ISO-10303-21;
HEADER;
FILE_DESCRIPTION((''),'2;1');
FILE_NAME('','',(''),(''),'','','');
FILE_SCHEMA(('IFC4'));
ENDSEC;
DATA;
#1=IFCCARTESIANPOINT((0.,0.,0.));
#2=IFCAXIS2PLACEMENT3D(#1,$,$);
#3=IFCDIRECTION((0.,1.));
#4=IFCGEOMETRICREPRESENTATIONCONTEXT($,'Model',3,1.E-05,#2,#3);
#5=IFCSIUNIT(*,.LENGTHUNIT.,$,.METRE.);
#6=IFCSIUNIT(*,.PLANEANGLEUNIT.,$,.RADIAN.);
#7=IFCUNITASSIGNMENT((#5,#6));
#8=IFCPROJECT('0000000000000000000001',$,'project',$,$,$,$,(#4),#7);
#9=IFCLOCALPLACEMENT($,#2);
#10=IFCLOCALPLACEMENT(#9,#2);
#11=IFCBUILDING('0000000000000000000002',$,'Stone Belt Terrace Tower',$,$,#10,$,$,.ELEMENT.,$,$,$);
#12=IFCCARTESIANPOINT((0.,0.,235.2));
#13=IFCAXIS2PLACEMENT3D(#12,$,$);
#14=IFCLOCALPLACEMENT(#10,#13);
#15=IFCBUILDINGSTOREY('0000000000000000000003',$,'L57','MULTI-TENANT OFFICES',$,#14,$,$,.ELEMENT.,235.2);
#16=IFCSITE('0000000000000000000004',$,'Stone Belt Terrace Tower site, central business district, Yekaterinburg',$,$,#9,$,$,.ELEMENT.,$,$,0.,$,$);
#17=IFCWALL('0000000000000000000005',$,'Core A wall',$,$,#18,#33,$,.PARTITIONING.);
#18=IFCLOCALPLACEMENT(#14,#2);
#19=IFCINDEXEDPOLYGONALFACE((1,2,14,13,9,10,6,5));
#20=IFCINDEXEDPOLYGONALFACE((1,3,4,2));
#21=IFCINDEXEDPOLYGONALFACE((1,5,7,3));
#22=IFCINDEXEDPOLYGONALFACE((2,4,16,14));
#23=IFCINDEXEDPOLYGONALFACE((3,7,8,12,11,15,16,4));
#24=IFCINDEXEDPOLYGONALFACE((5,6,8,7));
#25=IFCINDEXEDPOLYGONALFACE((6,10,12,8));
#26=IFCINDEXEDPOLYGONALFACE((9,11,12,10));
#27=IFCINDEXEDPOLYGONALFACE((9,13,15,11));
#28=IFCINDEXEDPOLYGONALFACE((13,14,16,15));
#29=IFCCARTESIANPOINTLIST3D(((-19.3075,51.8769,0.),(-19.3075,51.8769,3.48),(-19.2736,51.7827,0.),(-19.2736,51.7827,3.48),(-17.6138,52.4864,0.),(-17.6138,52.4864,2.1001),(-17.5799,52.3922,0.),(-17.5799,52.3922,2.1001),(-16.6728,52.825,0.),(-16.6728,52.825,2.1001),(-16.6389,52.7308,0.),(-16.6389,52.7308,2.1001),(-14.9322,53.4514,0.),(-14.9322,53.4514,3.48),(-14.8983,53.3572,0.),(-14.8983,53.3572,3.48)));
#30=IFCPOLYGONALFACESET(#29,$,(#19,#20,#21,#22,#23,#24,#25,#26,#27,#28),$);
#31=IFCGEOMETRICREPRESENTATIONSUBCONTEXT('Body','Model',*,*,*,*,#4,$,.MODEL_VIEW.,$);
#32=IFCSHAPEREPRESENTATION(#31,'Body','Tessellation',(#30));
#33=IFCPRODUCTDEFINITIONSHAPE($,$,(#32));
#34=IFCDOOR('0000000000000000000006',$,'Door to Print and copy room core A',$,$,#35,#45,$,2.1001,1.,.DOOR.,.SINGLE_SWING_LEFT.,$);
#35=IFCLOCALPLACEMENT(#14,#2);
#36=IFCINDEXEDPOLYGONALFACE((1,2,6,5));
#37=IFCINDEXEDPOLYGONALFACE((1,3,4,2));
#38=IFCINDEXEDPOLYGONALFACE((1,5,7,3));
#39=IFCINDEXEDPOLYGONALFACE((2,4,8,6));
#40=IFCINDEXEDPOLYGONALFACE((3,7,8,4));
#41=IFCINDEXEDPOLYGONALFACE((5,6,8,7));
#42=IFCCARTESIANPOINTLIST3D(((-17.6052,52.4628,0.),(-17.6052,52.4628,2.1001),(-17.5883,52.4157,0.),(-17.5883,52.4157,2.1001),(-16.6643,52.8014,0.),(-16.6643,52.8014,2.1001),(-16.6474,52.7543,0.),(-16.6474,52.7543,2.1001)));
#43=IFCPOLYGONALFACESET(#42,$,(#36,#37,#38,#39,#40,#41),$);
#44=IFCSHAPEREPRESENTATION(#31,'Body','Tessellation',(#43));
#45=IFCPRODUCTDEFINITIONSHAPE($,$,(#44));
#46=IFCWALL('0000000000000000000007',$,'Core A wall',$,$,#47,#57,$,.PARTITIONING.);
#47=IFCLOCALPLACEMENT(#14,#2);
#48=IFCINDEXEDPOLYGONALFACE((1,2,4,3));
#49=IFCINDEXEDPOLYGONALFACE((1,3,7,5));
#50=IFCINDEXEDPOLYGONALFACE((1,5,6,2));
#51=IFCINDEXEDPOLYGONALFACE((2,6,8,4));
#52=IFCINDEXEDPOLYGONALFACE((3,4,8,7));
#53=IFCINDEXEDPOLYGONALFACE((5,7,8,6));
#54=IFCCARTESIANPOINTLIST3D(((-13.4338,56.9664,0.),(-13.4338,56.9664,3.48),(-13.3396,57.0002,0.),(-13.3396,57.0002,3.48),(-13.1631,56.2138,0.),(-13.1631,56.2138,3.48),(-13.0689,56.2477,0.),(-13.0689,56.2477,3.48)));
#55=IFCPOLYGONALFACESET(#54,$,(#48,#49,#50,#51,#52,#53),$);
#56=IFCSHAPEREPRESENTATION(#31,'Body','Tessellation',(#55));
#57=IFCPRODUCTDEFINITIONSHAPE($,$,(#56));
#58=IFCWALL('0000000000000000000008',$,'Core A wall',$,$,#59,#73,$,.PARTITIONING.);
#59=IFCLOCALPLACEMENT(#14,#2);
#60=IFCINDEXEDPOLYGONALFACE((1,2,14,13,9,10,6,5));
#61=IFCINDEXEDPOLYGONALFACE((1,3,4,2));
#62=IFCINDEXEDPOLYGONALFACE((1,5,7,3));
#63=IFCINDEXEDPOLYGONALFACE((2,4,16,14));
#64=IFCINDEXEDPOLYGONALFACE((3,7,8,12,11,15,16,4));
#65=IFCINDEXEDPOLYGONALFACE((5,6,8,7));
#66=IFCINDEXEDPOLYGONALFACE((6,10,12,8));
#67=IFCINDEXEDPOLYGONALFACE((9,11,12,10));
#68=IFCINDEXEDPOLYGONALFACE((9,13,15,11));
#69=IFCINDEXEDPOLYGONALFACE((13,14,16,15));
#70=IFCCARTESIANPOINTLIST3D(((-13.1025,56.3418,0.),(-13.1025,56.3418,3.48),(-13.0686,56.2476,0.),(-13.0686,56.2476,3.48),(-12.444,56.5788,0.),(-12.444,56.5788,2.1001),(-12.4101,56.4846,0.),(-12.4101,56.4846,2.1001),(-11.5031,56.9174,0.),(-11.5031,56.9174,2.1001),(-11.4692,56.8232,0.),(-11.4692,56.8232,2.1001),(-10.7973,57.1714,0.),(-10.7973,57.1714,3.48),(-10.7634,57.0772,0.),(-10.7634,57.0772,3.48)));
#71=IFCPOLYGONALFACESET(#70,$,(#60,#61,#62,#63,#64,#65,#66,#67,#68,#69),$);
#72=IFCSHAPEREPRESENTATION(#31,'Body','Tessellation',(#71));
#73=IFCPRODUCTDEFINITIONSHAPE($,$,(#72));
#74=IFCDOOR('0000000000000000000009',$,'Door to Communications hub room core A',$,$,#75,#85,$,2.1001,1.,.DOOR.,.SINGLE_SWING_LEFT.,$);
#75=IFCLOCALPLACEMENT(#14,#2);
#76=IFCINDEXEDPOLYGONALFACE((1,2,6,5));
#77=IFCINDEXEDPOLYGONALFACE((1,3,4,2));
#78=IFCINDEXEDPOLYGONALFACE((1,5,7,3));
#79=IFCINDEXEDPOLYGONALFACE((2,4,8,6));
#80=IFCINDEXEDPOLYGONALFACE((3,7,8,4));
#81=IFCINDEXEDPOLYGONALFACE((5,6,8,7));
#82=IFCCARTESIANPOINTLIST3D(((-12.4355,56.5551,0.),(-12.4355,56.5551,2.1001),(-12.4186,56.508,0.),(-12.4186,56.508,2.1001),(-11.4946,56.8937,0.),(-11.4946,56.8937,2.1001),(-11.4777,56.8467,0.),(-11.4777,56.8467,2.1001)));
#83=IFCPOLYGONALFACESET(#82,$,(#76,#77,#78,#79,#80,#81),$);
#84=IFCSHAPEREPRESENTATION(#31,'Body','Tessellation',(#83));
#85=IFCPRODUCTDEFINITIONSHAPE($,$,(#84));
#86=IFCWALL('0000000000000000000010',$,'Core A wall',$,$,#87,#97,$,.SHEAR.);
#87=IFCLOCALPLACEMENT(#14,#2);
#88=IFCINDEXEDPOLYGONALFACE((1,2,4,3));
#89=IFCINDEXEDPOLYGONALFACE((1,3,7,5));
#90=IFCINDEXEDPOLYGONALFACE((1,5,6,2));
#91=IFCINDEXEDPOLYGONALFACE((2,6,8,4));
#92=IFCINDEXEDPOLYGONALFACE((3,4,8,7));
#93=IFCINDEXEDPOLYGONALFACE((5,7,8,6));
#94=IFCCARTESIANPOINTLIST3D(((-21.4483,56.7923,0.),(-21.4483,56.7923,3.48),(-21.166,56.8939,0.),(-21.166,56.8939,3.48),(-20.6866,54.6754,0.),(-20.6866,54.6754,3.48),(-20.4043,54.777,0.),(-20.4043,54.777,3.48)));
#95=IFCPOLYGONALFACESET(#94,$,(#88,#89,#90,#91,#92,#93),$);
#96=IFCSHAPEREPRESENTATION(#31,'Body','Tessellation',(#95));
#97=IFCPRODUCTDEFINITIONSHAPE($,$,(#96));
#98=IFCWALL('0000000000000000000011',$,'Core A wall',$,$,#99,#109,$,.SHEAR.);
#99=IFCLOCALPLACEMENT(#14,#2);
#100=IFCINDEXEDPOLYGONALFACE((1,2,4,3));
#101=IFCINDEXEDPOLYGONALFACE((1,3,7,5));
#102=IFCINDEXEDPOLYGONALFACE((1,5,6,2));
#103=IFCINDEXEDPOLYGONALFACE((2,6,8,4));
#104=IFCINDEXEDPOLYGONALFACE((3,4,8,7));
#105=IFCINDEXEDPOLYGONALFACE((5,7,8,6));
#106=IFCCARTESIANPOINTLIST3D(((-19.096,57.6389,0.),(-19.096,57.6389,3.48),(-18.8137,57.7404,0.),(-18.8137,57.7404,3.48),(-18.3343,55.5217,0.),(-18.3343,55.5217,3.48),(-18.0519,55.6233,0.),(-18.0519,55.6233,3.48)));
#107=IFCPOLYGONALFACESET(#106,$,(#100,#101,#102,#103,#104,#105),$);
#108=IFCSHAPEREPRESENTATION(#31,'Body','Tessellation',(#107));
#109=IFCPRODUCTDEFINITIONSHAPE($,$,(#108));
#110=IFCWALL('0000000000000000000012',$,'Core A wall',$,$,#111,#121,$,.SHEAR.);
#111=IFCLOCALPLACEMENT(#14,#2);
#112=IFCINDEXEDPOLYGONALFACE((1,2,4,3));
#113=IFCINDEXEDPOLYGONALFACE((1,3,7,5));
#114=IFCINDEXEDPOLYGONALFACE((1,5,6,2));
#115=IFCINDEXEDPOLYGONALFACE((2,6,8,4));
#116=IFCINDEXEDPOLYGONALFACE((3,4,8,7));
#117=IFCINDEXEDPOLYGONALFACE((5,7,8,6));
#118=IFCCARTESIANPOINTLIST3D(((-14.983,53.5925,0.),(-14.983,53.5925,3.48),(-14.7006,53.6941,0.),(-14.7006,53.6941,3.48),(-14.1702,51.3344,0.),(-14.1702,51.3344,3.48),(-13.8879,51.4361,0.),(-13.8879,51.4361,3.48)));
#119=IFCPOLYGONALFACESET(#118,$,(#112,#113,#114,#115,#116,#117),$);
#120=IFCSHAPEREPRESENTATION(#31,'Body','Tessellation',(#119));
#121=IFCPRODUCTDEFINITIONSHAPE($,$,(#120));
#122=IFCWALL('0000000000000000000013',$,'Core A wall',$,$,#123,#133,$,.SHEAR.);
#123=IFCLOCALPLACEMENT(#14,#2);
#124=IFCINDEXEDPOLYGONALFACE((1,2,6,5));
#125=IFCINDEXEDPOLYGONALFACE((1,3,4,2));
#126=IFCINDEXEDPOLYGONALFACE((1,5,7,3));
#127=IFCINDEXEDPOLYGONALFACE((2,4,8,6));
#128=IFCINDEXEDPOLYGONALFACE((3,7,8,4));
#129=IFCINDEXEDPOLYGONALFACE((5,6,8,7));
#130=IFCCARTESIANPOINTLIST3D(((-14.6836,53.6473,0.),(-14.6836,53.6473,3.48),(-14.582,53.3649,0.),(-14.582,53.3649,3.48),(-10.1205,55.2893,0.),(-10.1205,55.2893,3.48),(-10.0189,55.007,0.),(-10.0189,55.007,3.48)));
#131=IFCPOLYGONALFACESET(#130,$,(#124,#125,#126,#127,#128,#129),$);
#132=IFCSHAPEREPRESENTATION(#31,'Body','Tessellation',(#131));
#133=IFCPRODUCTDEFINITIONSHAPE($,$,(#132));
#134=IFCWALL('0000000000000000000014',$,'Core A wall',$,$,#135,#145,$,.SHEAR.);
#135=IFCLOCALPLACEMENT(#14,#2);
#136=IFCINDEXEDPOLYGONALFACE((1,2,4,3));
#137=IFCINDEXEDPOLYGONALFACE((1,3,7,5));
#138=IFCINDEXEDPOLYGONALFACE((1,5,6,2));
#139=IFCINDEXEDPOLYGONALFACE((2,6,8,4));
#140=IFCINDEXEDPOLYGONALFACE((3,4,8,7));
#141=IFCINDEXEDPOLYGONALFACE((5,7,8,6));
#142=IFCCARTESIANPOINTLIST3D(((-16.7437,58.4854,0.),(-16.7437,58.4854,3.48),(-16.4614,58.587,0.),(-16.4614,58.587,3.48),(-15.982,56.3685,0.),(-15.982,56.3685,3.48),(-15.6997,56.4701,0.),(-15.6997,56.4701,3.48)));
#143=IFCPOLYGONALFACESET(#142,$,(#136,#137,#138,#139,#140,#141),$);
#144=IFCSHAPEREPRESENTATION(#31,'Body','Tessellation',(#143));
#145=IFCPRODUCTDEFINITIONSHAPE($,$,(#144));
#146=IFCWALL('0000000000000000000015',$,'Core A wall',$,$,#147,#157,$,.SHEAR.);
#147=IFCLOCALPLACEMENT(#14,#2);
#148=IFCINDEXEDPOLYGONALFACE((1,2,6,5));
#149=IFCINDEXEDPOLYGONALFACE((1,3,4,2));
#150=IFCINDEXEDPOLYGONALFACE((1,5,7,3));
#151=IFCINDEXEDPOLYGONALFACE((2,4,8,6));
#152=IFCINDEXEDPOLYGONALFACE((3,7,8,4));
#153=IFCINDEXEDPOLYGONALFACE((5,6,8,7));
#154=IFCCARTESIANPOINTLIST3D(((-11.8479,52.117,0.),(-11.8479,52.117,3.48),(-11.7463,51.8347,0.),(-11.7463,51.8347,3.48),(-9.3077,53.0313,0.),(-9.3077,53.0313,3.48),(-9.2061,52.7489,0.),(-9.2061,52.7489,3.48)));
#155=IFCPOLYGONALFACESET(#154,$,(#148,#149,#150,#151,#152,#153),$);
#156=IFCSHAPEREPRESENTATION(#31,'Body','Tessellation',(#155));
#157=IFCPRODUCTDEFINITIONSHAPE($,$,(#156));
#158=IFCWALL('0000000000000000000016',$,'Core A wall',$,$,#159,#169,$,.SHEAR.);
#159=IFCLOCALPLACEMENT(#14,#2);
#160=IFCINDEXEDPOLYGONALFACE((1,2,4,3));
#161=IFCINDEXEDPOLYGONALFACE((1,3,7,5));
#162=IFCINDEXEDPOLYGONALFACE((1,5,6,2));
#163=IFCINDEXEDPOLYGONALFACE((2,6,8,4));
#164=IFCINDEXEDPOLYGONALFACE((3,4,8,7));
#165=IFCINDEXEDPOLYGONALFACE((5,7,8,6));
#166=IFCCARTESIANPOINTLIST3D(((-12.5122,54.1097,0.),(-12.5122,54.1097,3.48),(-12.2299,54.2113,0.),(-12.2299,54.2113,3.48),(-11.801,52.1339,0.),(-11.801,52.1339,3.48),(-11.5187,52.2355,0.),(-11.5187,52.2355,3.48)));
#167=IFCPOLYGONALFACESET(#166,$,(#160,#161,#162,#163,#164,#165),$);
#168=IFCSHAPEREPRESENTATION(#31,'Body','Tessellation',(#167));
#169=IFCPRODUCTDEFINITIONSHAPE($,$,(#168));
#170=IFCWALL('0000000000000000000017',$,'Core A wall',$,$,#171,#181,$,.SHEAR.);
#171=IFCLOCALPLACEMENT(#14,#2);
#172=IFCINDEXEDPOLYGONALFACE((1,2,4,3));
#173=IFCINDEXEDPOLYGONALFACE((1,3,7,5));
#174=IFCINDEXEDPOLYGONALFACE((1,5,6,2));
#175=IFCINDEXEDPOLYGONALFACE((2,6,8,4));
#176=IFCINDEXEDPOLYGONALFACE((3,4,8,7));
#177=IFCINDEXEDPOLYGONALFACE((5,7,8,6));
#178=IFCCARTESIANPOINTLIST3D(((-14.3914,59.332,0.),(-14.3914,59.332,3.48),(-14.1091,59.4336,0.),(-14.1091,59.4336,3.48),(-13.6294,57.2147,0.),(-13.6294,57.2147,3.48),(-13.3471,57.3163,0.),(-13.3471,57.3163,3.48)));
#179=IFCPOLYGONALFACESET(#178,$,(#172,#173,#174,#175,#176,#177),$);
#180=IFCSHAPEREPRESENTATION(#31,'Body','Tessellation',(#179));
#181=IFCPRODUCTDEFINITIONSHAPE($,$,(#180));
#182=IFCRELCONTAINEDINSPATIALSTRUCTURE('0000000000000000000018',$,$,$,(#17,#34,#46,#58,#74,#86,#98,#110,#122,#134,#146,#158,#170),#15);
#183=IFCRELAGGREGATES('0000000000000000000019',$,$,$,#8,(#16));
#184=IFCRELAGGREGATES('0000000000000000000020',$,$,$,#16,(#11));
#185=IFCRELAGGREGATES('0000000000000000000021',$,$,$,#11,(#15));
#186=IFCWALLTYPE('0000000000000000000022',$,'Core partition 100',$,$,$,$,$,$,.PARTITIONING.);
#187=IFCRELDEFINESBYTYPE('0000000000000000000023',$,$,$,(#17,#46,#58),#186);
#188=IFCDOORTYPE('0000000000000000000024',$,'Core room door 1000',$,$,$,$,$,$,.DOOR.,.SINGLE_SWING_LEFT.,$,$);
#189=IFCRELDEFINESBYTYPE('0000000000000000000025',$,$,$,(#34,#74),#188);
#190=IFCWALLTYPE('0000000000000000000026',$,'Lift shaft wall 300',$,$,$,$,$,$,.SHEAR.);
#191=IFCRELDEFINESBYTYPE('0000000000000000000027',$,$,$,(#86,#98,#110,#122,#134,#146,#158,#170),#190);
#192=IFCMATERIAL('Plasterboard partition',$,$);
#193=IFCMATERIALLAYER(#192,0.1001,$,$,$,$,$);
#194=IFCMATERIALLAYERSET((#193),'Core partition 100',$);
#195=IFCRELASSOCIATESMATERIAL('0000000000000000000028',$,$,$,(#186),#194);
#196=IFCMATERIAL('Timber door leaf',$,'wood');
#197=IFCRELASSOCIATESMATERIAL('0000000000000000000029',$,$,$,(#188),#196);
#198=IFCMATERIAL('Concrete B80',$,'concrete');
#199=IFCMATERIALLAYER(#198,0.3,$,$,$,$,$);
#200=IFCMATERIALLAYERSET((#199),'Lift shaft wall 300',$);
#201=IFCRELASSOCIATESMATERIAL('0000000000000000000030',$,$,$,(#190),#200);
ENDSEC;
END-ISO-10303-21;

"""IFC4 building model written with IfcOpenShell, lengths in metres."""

from ifc_helpers import new_model, si_unit, direction, frame, frame_2d, origin, place, context, subcontext, project, spatial, rectangle, extrude, material, layer, layer_set, type_object, element, fill, save


model = new_model("IFC4")

# Units and contexts
model_context = context("Model", 3, precision=1e-05, world=origin(), true_north=direction((0.0, 1.0)))
body_context = subcontext(model_context, "Body", "Model", "MODEL_VIEW")
ifc_project = project(units=[si_unit("LENGTHUNIT", "METRE"), si_unit("PLANEANGLEUNIT", "RADIAN")], contexts=[model_context])

# Site, building, storey
site_placement = place(None, origin())
site = spatial("IfcSite", under=ifc_project, at=site_placement, Name="Stone Belt Terrace Tower site, central business district, Yekaterinburg", CompositionType="ELEMENT", RefElevation=0.0)
building_placement = place(site_placement, origin())
building = spatial("IfcBuilding", under=site, at=building_placement, Name="Stone Belt Terrace Tower", CompositionType="ELEMENT")
storey_placement = place(building_placement, frame((0.0, 0.0, 235.2)))
storey = spatial("IfcBuildingStorey", under=building, at=storey_placement, Name="L57", Description="MULTI-TENANT OFFICES", CompositionType="ELEMENT", Elevation=235.2)

# Wall, opening, door
ifc_material_1 = material(Name="Plasterboard partition")
ifc_layer_1 = layer(ifc_material_1, 0.1001)
ifc_layer_set_1 = layer_set([ifc_layer_1], Name="Core partition 100")
wall_type_1 = type_object("IfcWallType", Name="Core partition 100", PredefinedType="PARTITIONING", material=ifc_layer_set_1)
wall_1_placement = place(storey_placement, frame((-19.2905, 51.8298, 0.0), z_axis=(0.0, 0.0, 1.0), x_axis=(0.94093, 0.3386, 0.0)))
wall_1 = element("IfcWall", 1, at=wall_1_placement, inside=storey, type_object=wall_type_1, Name="Core A wall", PredefinedType="PARTITIONING", context=body_context, shape_type="SweptSolid", body=[
    extrude(rectangle(XDim=4.6499, YDim=0.1001, at=frame_2d((2.325, 0.0))), origin(), (0.0, 0.0, 1.0), 3.48),
])
opening_1_placement = place(wall_1_placement, frame((1.8, 0.0, 0.0)))
opening_1 = element("IfcOpeningElement", 2, at=opening_1_placement, cuts=wall_1, PredefinedType="OPENING", context=body_context, shape_type="SweptSolid", body=[
    extrude(rectangle(XDim=1.0, YDim=2.1001, at=frame_2d((0.5, 1.05))), frame((0.0, 0.0601, 0.0), z_axis=(0.0, -1.0, 0.0), x_axis=(1.0, 0.0, 0.0)), (0.0, 0.0, 1.0), 0.1201),
])
ifc_material_2 = material(Name="Timber door leaf", Category="wood")
door_type_1 = type_object("IfcDoorType", Name="Core room door 1000", OperationType="SINGLE_SWING_LEFT", PredefinedType="DOOR", material=ifc_material_2)
door_1_placement = place(opening_1_placement, origin())
door_1 = element("IfcDoor", 3, at=door_1_placement, inside=storey, type_object=door_type_1, Name="Door to Print and copy room core A", OperationType="SINGLE_SWING_LEFT", OverallHeight=2.1001, OverallWidth=1.0, PredefinedType="DOOR", context=body_context, shape_type="SweptSolid", body=[
    extrude(rectangle(XDim=1.0, YDim=2.1001, at=frame_2d((0.5, 1.05))), frame((0.0, 0.0249, 0.0), z_axis=(0.0, -1.0, 0.0), x_axis=(1.0, 0.0, 0.0)), (0.0, 0.0, 1.0), 0.05),
])
fill(opening_1, door_1)

# Wall
wall_2_placement = place(storey_placement, frame((-13.116, 56.2307, 0.0), z_axis=(0.0, 0.0, 1.0), x_axis=(-0.338482, 0.940973, 0.0)))
element("IfcWall", 4, at=wall_2_placement, inside=storey, type_object=wall_type_1, Name="Core A wall", PredefinedType="PARTITIONING", context=body_context, shape_type="SweptSolid", body=[
    extrude(rectangle(XDim=0.7998, YDim=0.1001, at=frame_2d((0.3999, 0.0))), origin(), (0.0, 0.0, 1.0), 3.48),
])

# Wall, opening, door
wall_3_placement = place(storey_placement, frame((-13.0857, 56.2947, 0.0), z_axis=(0.0, 0.0, 1.0), x_axis=(0.940923, 0.338621, 0.0)))
wall_3 = element("IfcWall", 5, at=wall_3_placement, inside=storey, type_object=wall_type_1, Name="Core A wall", PredefinedType="PARTITIONING", context=body_context, shape_type="SweptSolid", body=[
    extrude(rectangle(XDim=2.45, YDim=0.1001, at=frame_2d((1.2251, 0.0))), origin(), (0.0, 0.0, 1.0), 3.48),
])
opening_2_placement = place(wall_3_placement, frame((0.7, 0.0, 0.0)))
opening_2 = element("IfcOpeningElement", 6, at=opening_2_placement, cuts=wall_3, PredefinedType="OPENING", context=body_context, shape_type="SweptSolid", body=[
    extrude(rectangle(XDim=1.0, YDim=2.1001, at=frame_2d((0.5, 1.05))), frame((0.0, 0.0601, 0.0), z_axis=(0.0, -1.0, 0.0), x_axis=(1.0, 0.0, 0.0)), (0.0, 0.0, 1.0), 0.1201),
])
door_2_placement = place(opening_2_placement, origin())
door_2 = element("IfcDoor", 7, at=door_2_placement, inside=storey, type_object=door_type_1, Name="Door to Communications hub room core A", OperationType="SINGLE_SWING_LEFT", OverallHeight=2.1001, OverallWidth=1.0, PredefinedType="DOOR", context=body_context, shape_type="SweptSolid", body=[
    extrude(rectangle(XDim=1.0, YDim=2.1001, at=frame_2d((0.5, 1.05))), frame((0.0, 0.0249, 0.0), z_axis=(0.0, -1.0, 0.0), x_axis=(1.0, 0.0, 0.0)), (0.0, 0.0, 1.0), 0.05),
])
fill(opening_2, door_2)

# Walls
ifc_material_3 = material(Name="Concrete B80", Category="concrete")
ifc_layer_2 = layer(ifc_material_3, 0.3)
ifc_layer_set_2 = layer_set([ifc_layer_2], Name="Lift shaft wall 300")
wall_type_2 = type_object("IfcWallType", Name="Lift shaft wall 300", PredefinedType="SHEAR", material=ifc_layer_set_2)
wall_4_placement = place(storey_placement, frame((-20.5454, 54.7261, 0.0), z_axis=(0.0, 0.0, 1.0), x_axis=(-0.33857, 0.940941, 0.0)))
element("IfcWall", 8, at=wall_4_placement, inside=storey, type_object=wall_type_2, Name="Core A wall", PredefinedType="SHEAR", context=body_context, shape_type="SweptSolid", body=[
    extrude(rectangle(XDim=2.2498, YDim=0.3, at=frame_2d((1.125, 0.0))), origin(), (0.0, 0.0, 1.0), 3.48),
])
wall_5_placement = place(storey_placement, frame((-18.1931, 55.5725, 0.0), z_axis=(0.0, 0.0, 1.0), x_axis=(-0.338535, 0.940954, 0.0)))
element("IfcWall", 9, at=wall_5_placement, inside=storey, type_object=wall_type_2, Name="Core A wall", PredefinedType="SHEAR", context=body_context, shape_type="SweptSolid", body=[
    extrude(rectangle(XDim=2.25, YDim=0.3, at=frame_2d((1.125, 0.0))), origin(), (0.0, 0.0, 1.0), 3.48),
])
wall_6_placement = place(storey_placement, frame((-14.0291, 51.3853, 0.0), z_axis=(0.0, 0.0, 1.0), x_axis=(-0.338662, 0.940908, 0.0)))
element("IfcWall", 10, at=wall_6_placement, inside=storey, type_object=wall_type_2, Name="Core A wall", PredefinedType="SHEAR", context=body_context, shape_type="SweptSolid", body=[
    extrude(rectangle(XDim=2.3999, YDim=0.3, at=frame_2d((1.2, 0.0))), origin(), (0.0, 0.0, 1.0), 3.48),
])
wall_7_placement = place(storey_placement, frame((-14.6328, 53.5061, 0.0), z_axis=(0.0, 0.0, 1.0), x_axis=(0.940932, 0.338596, 0.0)))
element("IfcWall", 11, at=wall_7_placement, inside=storey, type_object=wall_type_2, Name="Core A wall", PredefinedType="SHEAR", context=body_context, shape_type="SweptSolid", body=[
    extrude(rectangle(XDim=4.8496, YDim=0.3, at=frame_2d((2.4248, 0.0))), origin(), (0.0, 0.0, 1.0), 3.48),
])
wall_8_placement = place(storey_placement, frame((-15.8408, 56.4192, 0.0), z_axis=(0.0, 0.0, 1.0), x_axis=(-0.33857, 0.940941, 0.0)))
element("IfcWall", 12, at=wall_8_placement, inside=storey, type_object=wall_type_2, Name="Core A wall", PredefinedType="SHEAR", context=body_context, shape_type="SweptSolid", body=[
    extrude(rectangle(XDim=2.2498, YDim=0.3, at=frame_2d((1.125, 0.0))), origin(), (0.0, 0.0, 1.0), 3.48),
])
wall_9_placement = place(storey_placement, frame((-11.7971, 51.9758, 0.0), z_axis=(0.0, 0.0, 1.0), x_axis=(0.94091, 0.338655, 0.0)))
element("IfcWall", 13, at=wall_9_placement, inside=storey, type_object=wall_type_2, Name="Core A wall", PredefinedType="SHEAR", context=body_context, shape_type="SweptSolid", body=[
    extrude(rectangle(XDim=2.6997, YDim=0.3, at=frame_2d((1.3499, 0.0))), origin(), (0.0, 0.0, 1.0), 3.48),
])
wall_10_placement = place(storey_placement, frame((-11.6599, 52.1848, 0.0), z_axis=(0.0, 0.0, 1.0), x_axis=(-0.33867, 0.940905, 0.0)))
element("IfcWall", 14, at=wall_10_placement, inside=storey, type_object=wall_type_2, Name="Core A wall", PredefinedType="SHEAR", context=body_context, shape_type="SweptSolid", body=[
    extrude(rectangle(XDim=2.0999, YDim=0.3, at=frame_2d((1.0498, 0.0))), origin(), (0.0, 0.0, 1.0), 3.48),
])
wall_11_placement = place(storey_placement, frame((-13.4883, 57.2656, 0.0), z_axis=(0.0, 0.0, 1.0), x_axis=(-0.338631, 0.940919, 0.0)))
element("IfcWall", 15, at=wall_11_placement, inside=storey, type_object=wall_type_2, Name="Core A wall", PredefinedType="SHEAR", context=body_context, shape_type="SweptSolid", body=[
    extrude(rectangle(XDim=2.2502, YDim=0.3, at=frame_2d((1.125, 0.0))), origin(), (0.0, 0.0, 1.0), 3.48),
])

save(model, "model.ifc")
